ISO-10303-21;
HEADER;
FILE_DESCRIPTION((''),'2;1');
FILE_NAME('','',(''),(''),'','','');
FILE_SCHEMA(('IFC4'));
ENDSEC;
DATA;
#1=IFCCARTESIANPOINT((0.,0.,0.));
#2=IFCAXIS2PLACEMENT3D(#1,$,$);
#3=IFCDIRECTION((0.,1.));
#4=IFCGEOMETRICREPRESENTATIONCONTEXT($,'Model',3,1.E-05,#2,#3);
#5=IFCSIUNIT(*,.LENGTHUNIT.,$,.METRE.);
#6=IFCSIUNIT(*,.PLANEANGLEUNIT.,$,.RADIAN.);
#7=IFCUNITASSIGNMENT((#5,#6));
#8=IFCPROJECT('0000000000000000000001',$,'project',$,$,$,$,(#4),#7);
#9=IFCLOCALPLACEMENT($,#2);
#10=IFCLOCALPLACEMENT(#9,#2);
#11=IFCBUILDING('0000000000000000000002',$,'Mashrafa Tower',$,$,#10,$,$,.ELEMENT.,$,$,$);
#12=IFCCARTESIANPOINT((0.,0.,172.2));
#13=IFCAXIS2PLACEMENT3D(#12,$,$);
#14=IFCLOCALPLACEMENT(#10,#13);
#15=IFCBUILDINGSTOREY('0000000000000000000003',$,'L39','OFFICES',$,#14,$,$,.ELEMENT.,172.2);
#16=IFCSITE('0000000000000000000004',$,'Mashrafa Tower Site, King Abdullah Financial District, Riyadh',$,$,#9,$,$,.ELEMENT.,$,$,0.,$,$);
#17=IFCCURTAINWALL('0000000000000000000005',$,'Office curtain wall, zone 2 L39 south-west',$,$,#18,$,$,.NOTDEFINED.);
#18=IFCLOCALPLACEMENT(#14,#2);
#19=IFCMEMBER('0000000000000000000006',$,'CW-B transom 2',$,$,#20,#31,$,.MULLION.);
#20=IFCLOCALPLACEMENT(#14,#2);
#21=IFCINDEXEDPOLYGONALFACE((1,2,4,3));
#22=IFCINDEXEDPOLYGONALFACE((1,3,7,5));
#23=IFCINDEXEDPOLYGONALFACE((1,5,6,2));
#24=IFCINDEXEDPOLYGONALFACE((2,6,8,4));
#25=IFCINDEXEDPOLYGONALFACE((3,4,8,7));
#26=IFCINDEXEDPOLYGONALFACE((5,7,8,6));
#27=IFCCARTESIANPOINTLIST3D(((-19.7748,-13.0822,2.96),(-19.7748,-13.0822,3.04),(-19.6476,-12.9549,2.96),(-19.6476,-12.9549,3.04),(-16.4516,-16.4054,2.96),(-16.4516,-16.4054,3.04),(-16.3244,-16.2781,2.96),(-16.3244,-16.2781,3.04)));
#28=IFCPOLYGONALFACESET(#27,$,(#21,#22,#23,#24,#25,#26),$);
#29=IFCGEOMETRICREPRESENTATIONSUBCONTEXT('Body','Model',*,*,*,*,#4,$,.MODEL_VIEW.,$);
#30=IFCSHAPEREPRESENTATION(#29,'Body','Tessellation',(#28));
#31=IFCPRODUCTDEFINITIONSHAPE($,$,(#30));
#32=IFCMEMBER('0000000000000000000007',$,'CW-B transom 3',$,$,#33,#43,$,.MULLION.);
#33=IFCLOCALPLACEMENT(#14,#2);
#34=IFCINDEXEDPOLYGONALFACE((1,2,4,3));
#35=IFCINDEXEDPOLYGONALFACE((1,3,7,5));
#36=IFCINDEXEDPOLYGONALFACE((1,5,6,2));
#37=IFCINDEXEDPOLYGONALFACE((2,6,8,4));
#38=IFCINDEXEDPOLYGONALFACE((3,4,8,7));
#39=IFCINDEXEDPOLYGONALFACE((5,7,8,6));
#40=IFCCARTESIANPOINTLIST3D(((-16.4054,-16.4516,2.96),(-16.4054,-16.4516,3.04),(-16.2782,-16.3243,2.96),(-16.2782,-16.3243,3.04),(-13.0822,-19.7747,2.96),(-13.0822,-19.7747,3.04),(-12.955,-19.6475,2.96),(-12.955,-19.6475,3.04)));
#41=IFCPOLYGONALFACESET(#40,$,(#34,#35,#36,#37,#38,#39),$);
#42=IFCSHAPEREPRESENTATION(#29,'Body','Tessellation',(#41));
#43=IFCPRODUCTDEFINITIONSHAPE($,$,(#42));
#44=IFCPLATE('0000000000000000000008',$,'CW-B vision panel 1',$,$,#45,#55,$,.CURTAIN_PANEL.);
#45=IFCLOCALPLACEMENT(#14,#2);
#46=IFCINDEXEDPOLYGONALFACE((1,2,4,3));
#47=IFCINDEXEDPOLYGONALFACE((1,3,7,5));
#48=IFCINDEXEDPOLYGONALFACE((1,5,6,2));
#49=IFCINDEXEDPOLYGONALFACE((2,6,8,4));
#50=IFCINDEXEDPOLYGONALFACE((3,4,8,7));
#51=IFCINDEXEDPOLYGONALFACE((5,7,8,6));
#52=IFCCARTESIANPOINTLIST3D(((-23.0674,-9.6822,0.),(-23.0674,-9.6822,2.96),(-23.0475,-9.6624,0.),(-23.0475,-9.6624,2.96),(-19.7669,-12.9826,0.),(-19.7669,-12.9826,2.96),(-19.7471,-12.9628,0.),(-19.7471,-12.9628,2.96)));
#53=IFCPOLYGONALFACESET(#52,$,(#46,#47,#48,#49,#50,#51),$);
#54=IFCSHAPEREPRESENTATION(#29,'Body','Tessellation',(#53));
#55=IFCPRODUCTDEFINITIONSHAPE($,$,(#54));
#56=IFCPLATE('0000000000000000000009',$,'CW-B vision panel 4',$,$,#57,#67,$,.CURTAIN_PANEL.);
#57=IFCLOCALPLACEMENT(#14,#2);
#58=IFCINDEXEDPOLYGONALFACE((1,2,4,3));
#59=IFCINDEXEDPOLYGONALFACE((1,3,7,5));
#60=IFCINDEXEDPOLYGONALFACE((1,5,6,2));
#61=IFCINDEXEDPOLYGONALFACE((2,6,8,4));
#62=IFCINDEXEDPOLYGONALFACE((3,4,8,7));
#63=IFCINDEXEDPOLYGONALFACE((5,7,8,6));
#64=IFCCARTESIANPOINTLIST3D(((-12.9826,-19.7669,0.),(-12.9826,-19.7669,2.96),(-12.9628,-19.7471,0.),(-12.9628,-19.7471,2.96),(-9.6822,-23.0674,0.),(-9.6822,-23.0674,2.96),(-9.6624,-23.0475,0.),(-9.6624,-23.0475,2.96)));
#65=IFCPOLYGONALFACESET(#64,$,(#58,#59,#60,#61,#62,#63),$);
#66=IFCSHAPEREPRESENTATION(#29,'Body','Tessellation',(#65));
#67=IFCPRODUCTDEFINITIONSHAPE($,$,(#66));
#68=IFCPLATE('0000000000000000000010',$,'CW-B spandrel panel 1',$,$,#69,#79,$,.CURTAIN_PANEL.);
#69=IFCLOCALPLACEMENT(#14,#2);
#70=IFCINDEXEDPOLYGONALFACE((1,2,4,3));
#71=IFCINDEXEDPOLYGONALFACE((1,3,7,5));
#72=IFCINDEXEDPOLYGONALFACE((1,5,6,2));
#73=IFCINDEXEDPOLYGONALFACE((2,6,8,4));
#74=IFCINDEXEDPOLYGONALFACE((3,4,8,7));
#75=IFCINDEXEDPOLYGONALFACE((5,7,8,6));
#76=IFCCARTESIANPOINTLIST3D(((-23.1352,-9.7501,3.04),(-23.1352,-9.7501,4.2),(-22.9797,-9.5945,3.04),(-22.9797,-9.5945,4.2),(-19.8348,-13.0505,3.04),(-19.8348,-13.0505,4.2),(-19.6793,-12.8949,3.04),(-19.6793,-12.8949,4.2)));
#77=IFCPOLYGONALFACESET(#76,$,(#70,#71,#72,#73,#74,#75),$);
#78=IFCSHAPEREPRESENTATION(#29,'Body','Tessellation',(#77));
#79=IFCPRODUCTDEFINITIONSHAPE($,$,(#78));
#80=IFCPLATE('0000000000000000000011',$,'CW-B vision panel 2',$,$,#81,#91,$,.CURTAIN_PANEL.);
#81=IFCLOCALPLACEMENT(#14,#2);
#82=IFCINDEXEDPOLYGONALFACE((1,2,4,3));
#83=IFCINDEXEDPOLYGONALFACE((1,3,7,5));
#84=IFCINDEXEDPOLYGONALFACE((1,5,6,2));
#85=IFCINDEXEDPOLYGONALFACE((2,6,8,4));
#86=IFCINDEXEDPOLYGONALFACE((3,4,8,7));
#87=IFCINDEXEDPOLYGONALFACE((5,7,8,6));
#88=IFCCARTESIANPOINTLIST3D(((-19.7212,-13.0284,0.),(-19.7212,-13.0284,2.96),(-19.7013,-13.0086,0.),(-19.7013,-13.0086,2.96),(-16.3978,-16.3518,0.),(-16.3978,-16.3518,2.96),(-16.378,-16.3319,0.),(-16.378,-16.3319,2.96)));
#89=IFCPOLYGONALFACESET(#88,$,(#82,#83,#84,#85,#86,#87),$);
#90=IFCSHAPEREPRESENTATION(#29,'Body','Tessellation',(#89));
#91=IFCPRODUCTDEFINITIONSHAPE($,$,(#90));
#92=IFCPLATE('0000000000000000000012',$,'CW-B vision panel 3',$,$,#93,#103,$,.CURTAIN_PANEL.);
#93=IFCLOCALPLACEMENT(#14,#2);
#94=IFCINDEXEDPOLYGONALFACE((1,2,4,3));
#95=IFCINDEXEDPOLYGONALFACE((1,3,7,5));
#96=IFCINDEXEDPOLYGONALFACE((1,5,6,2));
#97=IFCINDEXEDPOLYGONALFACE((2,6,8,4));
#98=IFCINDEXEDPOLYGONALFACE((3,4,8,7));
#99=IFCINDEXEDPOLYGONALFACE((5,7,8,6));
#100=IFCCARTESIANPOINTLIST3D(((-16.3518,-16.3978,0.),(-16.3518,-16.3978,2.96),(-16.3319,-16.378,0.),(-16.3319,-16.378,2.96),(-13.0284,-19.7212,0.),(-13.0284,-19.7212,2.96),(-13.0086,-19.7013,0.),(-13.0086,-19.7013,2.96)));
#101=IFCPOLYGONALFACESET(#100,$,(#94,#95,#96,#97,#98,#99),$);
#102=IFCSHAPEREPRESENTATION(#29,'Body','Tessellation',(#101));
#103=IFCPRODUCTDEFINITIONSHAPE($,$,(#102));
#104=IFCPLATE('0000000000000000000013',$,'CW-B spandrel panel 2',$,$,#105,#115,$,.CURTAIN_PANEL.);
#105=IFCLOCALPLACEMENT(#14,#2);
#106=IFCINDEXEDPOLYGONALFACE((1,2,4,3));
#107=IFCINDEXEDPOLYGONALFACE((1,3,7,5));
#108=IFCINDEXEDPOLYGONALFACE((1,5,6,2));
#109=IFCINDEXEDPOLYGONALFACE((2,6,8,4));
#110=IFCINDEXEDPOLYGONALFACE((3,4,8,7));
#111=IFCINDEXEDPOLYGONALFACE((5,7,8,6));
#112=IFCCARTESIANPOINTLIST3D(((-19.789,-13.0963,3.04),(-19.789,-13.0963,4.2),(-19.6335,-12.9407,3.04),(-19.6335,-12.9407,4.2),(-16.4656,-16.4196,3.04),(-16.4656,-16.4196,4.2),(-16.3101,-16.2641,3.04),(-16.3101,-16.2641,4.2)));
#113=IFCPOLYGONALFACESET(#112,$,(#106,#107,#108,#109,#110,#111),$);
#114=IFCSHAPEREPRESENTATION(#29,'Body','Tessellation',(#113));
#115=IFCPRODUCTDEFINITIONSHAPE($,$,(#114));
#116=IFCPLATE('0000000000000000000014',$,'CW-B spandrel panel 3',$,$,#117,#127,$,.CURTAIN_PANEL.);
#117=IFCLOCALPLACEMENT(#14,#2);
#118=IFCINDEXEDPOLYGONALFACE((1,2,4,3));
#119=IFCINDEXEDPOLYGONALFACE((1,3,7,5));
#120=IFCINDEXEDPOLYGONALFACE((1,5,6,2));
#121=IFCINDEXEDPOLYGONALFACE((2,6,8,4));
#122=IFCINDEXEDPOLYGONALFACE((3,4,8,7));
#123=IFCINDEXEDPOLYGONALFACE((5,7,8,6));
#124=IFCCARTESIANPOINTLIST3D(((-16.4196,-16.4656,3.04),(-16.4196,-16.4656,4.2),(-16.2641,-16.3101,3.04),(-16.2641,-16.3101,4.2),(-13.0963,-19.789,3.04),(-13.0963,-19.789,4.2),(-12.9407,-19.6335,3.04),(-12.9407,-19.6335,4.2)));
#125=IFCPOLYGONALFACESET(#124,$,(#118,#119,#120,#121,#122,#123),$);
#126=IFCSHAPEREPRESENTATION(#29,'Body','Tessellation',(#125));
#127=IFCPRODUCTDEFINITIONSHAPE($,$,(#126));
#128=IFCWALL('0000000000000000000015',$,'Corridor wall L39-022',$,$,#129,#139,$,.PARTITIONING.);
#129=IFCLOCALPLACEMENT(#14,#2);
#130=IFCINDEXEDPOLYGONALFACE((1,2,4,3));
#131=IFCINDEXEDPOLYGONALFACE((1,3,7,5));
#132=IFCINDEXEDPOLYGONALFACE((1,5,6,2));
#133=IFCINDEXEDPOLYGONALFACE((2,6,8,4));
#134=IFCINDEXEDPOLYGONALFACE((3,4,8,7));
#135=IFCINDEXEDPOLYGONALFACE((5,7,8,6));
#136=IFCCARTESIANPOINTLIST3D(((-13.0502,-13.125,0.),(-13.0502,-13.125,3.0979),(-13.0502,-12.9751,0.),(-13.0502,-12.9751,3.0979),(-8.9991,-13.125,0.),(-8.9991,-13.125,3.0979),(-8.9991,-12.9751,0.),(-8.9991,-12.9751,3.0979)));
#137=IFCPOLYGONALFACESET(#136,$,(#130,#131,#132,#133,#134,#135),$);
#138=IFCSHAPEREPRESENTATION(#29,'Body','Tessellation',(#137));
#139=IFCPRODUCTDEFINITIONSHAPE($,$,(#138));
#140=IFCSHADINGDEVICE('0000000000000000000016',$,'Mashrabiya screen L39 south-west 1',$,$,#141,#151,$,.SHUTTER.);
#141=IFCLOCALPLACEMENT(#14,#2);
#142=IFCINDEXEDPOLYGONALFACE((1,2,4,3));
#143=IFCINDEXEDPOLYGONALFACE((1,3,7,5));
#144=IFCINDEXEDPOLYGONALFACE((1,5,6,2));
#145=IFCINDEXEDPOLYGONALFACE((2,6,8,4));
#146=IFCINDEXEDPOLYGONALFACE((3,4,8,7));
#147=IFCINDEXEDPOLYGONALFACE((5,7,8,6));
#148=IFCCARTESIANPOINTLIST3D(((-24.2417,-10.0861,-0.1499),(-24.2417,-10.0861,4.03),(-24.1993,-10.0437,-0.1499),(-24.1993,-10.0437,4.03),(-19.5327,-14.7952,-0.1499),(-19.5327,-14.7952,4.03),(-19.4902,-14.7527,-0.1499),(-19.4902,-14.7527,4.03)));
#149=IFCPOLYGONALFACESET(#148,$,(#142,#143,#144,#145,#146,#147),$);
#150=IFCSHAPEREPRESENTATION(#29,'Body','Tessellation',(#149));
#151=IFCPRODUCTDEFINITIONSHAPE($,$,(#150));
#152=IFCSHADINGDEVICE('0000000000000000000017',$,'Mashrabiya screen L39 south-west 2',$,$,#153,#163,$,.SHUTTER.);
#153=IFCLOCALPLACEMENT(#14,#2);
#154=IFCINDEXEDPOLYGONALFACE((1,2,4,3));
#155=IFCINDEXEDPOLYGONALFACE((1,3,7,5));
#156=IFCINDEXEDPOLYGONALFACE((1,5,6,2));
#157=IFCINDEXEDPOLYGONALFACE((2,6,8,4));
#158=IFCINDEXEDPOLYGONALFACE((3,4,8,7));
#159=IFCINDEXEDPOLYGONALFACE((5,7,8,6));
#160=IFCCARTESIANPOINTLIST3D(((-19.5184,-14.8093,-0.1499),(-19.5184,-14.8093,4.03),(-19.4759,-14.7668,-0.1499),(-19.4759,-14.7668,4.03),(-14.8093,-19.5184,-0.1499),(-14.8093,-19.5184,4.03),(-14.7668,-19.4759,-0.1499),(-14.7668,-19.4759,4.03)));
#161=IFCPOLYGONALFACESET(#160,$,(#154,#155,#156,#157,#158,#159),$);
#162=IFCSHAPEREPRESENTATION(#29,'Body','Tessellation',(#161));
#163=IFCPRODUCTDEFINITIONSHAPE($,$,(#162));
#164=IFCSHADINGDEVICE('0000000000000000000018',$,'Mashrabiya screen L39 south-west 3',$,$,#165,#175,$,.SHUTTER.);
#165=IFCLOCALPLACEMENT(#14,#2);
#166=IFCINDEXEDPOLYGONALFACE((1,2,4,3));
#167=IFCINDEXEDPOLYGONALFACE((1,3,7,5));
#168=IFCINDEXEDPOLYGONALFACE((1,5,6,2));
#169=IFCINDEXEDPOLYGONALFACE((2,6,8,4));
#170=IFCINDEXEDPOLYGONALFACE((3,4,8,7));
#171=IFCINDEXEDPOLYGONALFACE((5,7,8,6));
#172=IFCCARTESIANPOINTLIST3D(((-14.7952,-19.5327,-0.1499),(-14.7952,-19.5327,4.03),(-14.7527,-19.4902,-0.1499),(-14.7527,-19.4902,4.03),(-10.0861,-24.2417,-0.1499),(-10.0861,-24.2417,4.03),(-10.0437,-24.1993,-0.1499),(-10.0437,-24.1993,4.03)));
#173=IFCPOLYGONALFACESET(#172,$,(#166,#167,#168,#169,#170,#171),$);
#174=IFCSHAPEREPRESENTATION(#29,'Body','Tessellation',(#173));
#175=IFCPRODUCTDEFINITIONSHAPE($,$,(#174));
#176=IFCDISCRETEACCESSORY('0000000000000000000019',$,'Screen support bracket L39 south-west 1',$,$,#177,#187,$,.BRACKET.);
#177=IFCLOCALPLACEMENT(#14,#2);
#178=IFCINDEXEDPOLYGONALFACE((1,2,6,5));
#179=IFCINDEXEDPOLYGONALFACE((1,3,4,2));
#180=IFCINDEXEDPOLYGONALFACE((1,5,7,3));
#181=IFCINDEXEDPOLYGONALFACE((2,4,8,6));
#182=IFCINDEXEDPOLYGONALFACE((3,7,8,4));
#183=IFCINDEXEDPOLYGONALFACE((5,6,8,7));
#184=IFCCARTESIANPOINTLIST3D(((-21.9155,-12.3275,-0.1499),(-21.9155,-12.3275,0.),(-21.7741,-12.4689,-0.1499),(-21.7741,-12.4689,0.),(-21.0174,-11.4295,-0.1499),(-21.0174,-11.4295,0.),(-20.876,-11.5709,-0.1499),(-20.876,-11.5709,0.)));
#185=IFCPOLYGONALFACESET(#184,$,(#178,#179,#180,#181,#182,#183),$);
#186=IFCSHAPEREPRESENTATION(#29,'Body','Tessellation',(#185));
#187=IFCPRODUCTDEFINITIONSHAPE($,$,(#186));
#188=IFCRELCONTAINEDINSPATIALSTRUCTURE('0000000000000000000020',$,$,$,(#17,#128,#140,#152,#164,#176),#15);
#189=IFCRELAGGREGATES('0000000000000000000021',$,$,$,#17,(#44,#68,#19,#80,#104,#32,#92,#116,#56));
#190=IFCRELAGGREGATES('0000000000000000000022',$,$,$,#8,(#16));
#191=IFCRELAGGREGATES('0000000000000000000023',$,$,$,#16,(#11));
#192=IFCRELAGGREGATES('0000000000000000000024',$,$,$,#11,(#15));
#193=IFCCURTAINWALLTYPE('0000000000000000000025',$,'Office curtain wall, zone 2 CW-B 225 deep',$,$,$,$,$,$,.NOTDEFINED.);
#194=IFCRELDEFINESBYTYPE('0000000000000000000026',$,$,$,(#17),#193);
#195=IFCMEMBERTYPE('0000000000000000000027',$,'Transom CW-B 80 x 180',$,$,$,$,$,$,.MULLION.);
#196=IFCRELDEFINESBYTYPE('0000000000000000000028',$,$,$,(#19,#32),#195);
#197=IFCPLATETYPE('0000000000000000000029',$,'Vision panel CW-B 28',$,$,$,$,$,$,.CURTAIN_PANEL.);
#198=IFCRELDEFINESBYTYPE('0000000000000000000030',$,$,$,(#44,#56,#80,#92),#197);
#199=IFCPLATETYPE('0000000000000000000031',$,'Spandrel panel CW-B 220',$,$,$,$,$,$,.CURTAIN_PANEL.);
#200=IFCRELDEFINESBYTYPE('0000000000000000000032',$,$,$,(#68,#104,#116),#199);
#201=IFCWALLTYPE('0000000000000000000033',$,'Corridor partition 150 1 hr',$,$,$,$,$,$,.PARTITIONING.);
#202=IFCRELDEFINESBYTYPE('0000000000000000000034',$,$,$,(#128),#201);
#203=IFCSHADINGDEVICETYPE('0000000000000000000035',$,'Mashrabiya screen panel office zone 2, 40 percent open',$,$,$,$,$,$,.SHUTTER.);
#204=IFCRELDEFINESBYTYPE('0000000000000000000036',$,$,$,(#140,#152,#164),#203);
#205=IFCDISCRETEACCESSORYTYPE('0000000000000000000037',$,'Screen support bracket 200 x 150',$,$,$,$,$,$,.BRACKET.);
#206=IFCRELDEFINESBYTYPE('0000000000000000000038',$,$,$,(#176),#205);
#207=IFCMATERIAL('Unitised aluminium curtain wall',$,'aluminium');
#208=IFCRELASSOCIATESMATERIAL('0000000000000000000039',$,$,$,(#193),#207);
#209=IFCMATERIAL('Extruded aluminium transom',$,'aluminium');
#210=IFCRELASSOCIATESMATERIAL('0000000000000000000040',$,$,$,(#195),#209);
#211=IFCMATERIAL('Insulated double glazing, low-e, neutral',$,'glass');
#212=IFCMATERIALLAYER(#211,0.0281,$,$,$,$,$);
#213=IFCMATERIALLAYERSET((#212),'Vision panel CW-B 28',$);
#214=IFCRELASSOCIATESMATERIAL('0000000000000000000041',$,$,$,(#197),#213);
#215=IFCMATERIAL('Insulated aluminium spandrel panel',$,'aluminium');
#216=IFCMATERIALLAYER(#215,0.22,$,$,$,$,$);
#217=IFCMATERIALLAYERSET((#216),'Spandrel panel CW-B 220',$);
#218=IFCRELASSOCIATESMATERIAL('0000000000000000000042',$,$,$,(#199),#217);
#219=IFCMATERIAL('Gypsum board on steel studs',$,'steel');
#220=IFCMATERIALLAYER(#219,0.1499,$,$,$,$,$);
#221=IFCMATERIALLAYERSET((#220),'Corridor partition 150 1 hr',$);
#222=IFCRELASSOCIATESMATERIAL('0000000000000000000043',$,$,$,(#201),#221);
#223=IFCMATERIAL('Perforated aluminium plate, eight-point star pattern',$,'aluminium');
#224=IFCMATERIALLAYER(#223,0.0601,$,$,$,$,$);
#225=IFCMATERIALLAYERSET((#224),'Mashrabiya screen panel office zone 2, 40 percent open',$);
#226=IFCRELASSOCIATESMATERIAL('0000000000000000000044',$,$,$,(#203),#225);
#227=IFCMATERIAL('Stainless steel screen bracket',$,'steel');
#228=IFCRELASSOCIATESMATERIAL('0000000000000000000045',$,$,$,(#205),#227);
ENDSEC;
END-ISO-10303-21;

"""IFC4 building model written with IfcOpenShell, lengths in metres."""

from ifc_helpers import new_model, si_unit, direction, frame, frame_2d, origin, origin_2d, place, context, subcontext, project, spatial, rectangle, extrude, source, transform, mapped, material, layer, layer_set, material_profile, profile_set, type_object, type_shapes, element, aggregate, save


model = new_model("IFC4")

# Units and contexts
model_context = context("Model", 3, precision=1e-05, world=origin(), true_north=direction((0.0, 1.0)))
body_context = subcontext(model_context, "Body", "Model", "MODEL_VIEW")
ifc_project = project(units=[si_unit("LENGTHUNIT", "METRE"), si_unit("PLANEANGLEUNIT", "RADIAN")], contexts=[model_context])

# Site, building, storey
site_placement = place(None, origin())
site = spatial("IfcSite", under=ifc_project, at=site_placement, Name="Mashrafa Tower Site, King Abdullah Financial District, Riyadh", CompositionType="ELEMENT", RefElevation=0.0)
building_placement = place(site_placement, origin())
building = spatial("IfcBuilding", under=site, at=building_placement, Name="Mashrafa Tower", CompositionType="ELEMENT")
storey_placement = place(building_placement, frame((0.0, 0.0, 172.2)))
storey = spatial("IfcBuildingStorey", under=building, at=storey_placement, Name="L39", Description="OFFICES", CompositionType="ELEMENT", Elevation=172.2)

# Curtain wall, members, plates
ifc_material_1 = material(Name="Unitised aluminium curtain wall", Category="aluminium")
curtain_wall_type = type_object("IfcCurtainWallType", Name="Office curtain wall, zone 2 CW-B 225 deep", PredefinedType="NOTDEFINED", material=ifc_material_1)
curtain_wall_placement = place(storey_placement, origin())
curtain_wall = element("IfcCurtainWall", 1, at=curtain_wall_placement, inside=storey, type_object=curtain_wall_type, Name="Office curtain wall, zone 2 L39 south-west", PredefinedType="NOTDEFINED")
ifc_material_2 = material(Name="Extruded aluminium transom", Category="aluminium")
ifc_material_profile_1 = material_profile(ifc_material_2, rectangle(XDim=0.1799, YDim=0.0801, at=origin_2d()), Name="Transom 80x180")
ifc_profile_set_1 = profile_set([ifc_material_profile_1], Name="Extruded aluminium transom")
member_type_1 = type_object("IfcMemberType", Name="Transom CW-B 80 x 180", PredefinedType="MULLION", material=ifc_profile_set_1)
shared_shape_1 = source(origin(), body_context, "Body", "SweptSolid", [
    extrude(rectangle(XDim=0.1799, YDim=0.0801, at=origin_2d()), origin(), (0.0, 0.0, 1.0), 4.6997),
])
member_1_placement = place(storey_placement, frame((-19.7112, -13.0186, 3.0), z_axis=(0.707107, -0.707107, 0.0), x_axis=(0.707107, 0.707107, 0.0)))
member_1 = element("IfcMember", 2, at=member_1_placement, type_object=member_type_1, Name="CW-B transom 2", PredefinedType="MULLION", context=body_context, shape_type="MappedRepresentation", body=[
    mapped(shared_shape_1, transform((0.0, 0.0, 0.0))),
])
member_2_placement = place(storey_placement, frame((-16.3418, -16.3879, 3.0), z_axis=(0.707107, -0.707107, 0.0), x_axis=(0.707107, 0.707107, 0.0)))
member_2 = element("IfcMember", 3, at=member_2_placement, type_object=member_type_1, Name="CW-B transom 3", PredefinedType="MULLION", context=body_context, shape_type="MappedRepresentation", body=[
    mapped(shared_shape_1, transform((0.0, 0.0, 0.0))),
])
ifc_material_3 = material(Name="Insulated double glazing, low-e, neutral", Category="glass")
ifc_layer_1 = layer(ifc_material_3, 0.0281)
ifc_layer_set_1 = layer_set([ifc_layer_1], Name="Vision panel CW-B 28")
plate_type_1 = type_object("IfcPlateType", Name="Vision panel CW-B 28", PredefinedType="CURTAIN_PANEL", material=ifc_layer_set_1)
shared_shape_2 = source(origin(), body_context, "Body", "SweptSolid", [
    extrude(rectangle(XDim=4.6675, YDim=0.0281, at=origin_2d()), origin(), (0.0, 0.0, 1.0), 2.96),
])
plate_1_placement = place(storey_placement, frame((-21.4072, -11.3225, 0.0), z_axis=(0.0, 0.0, 1.0), x_axis=(0.707107, -0.707107, 0.0)))
plate_1 = element("IfcPlate", 4, at=plate_1_placement, type_object=plate_type_1, Name="CW-B vision panel 1", PredefinedType="CURTAIN_PANEL", context=body_context, shape_type="MappedRepresentation", body=[
    mapped(shared_shape_2, transform((0.0, 0.0, 0.0))),
])
plate_2_placement = place(storey_placement, frame((-11.3225, -21.4072, 0.0), z_axis=(0.0, 0.0, 1.0), x_axis=(0.707107, -0.707107, 0.0)))
plate_2 = element("IfcPlate", 5, at=plate_2_placement, type_object=plate_type_1, Name="CW-B vision panel 4", PredefinedType="CURTAIN_PANEL", context=body_context, shape_type="MappedRepresentation", body=[
    mapped(shared_shape_2, transform((0.0, 0.0, 0.0))),
])
ifc_material_4 = material(Name="Insulated aluminium spandrel panel", Category="aluminium")
ifc_layer_2 = layer(ifc_material_4, 0.22)
ifc_layer_set_2 = layer_set([ifc_layer_2], Name="Spandrel panel CW-B 220")
plate_type_2 = type_object("IfcPlateType", Name="Spandrel panel CW-B 220", PredefinedType="CURTAIN_PANEL", material=ifc_layer_set_2)
shared_shape_3 = source(origin(), body_context, "Body", "SweptSolid", [
    extrude(rectangle(XDim=4.6675, YDim=0.22, at=origin_2d()), origin(), (0.0, 0.0, 1.0), 1.1599),
])
plate_3_placement = place(storey_placement, frame((-21.4072, -11.3225, 3.04), z_axis=(0.0, 0.0, 1.0), x_axis=(0.707107, -0.707107, 0.0)))
plate_3 = element("IfcPlate", 6, at=plate_3_placement, type_object=plate_type_2, Name="CW-B spandrel panel 1", PredefinedType="CURTAIN_PANEL", context=body_context, shape_type="MappedRepresentation", body=[
    mapped(shared_shape_3, transform((0.0, 0.0, 0.0))),
])
shared_shape_4 = source(origin(), body_context, "Body", "SweptSolid", [
    extrude(rectangle(XDim=4.7, YDim=0.0281, at=origin_2d()), origin(), (0.0, 0.0, 1.0), 2.96),
])
type_shapes(plate_type_1, [shared_shape_2, shared_shape_4])
plate_4_placement = place(storey_placement, frame((-18.0496, -14.6802, 0.0), z_axis=(0.0, 0.0, 1.0), x_axis=(0.707107, -0.707107, 0.0)))
plate_4 = element("IfcPlate", 7, at=plate_4_placement, type_object=plate_type_1, Name="CW-B vision panel 2", PredefinedType="CURTAIN_PANEL", context=body_context, shape_type="MappedRepresentation", body=[
    mapped(shared_shape_4, transform((0.0, 0.0, 0.0))),
])
plate_5_placement = place(storey_placement, frame((-14.6802, -18.0496, 0.0), z_axis=(0.0, 0.0, 1.0), x_axis=(0.707107, -0.707107, 0.0)))
plate_5 = element("IfcPlate", 8, at=plate_5_placement, type_object=plate_type_1, Name="CW-B vision panel 3", PredefinedType="CURTAIN_PANEL", context=body_context, shape_type="MappedRepresentation", body=[
    mapped(shared_shape_4, transform((0.0, 0.0, 0.0))),
])
shared_shape_5 = source(origin(), body_context, "Body", "SweptSolid", [
    extrude(rectangle(XDim=4.7, YDim=0.22, at=origin_2d()), origin(), (0.0, 0.0, 1.0), 1.1599),
])
type_shapes(plate_type_2, [shared_shape_3, shared_shape_5])
plate_6_placement = place(storey_placement, frame((-18.0496, -14.6802, 3.04), z_axis=(0.0, 0.0, 1.0), x_axis=(0.707107, -0.707107, 0.0)))
plate_6 = element("IfcPlate", 9, at=plate_6_placement, type_object=plate_type_2, Name="CW-B spandrel panel 2", PredefinedType="CURTAIN_PANEL", context=body_context, shape_type="MappedRepresentation", body=[
    mapped(shared_shape_5, transform((0.0, 0.0, 0.0))),
])
plate_7_placement = place(storey_placement, frame((-14.6802, -18.0496, 3.04), z_axis=(0.0, 0.0, 1.0), x_axis=(0.707107, -0.707107, 0.0)))
plate_7 = element("IfcPlate", 10, at=plate_7_placement, type_object=plate_type_2, Name="CW-B spandrel panel 3", PredefinedType="CURTAIN_PANEL", context=body_context, shape_type="MappedRepresentation", body=[
    mapped(shared_shape_5, transform((0.0, 0.0, 0.0))),
])
aggregate(curtain_wall, [plate_1, plate_3, member_1, plate_4, plate_6, member_2, plate_5, plate_7, plate_2])

# Wall
ifc_material_5 = material(Name="Gypsum board on steel studs", Category="steel")
ifc_layer_3 = layer(ifc_material_5, 0.1499)
ifc_layer_set_3 = layer_set([ifc_layer_3], Name="Corridor partition 150 1 hr")
wall_type = type_object("IfcWallType", Name="Corridor partition 150 1 hr", PredefinedType="PARTITIONING", material=ifc_layer_set_3)
wall_placement = place(storey_placement, frame((-13.05, -13.05, 0.0), z_axis=(0.0, 0.0, 1.0), x_axis=(1.0, 0.0, 0.0)))
element("IfcWall", 11, at=wall_placement, inside=storey, type_object=wall_type, Name="Corridor wall L39-022", PredefinedType="PARTITIONING", context=body_context, shape_type="SweptSolid", body=[
    extrude(rectangle(XDim=4.051, YDim=0.1499, at=frame_2d((2.0254, 0.0))), origin(), (0.0, 0.0, 1.0), 3.0979),
])

# Shading devices
ifc_material_6 = material(Name="Perforated aluminium plate, eight-point star pattern", Category="aluminium")
ifc_layer_4 = layer(ifc_material_6, 0.0601)
ifc_layer_set_4 = layer_set([ifc_layer_4], Name="Mashrabiya screen panel office zone 2, 40 percent open")
shading_device_type = type_object("IfcShadingDeviceType", Name="Mashrabiya screen panel office zone 2, 40 percent open", PredefinedType="SHUTTER", material=ifc_layer_set_4)
shared_shape_6 = source(origin(), body_context, "Body", "SweptSolid", [
    extrude(rectangle(XDim=6.6597, YDim=0.0601, at=origin_2d()), origin(), (0.0, 0.0, 1.0), 4.1799),
])
type_shapes(shading_device_type, [shared_shape_6])
for number, where, z_axis, x_axis, name in (
    (12, (-21.866, -12.4194, -0.1499), (0.0, 0.0, 1.0), (0.707107, -0.707107, 0.0), "Mashrabiya screen L39 south-west 1"),
    (13, (-17.1426, -17.1426, -0.1499), (0.0, 0.0, 1.0), (0.707107, -0.707107, 0.0), "Mashrabiya screen L39 south-west 2"),
    (14, (-12.4194, -21.866, -0.1499), (0.0, 0.0, 1.0), (0.707107, -0.707107, 0.0), "Mashrabiya screen L39 south-west 3"),
):
    element("IfcShadingDevice", number, at=place(storey_placement, frame(where, z_axis=z_axis, x_axis=x_axis)), inside=storey, type_object=shading_device_type, Name=name, PredefinedType="SHUTTER", context=body_context, shape_type="MappedRepresentation", body=[
        mapped(shared_shape_6, transform((0.0, 0.0, 0.0))),
    ])

# Discrete accessory
ifc_material_7 = material(Name="Stainless steel screen bracket", Category="steel")
discrete_accessory_type = type_object("IfcDiscreteAccessoryType", Name="Screen support bracket 200 x 150", PredefinedType="BRACKET", material=ifc_material_7)
shared_shape_7 = source(origin(), body_context, "Body", "SweptSolid", [
    extrude(rectangle(XDim=0.2, YDim=1.27, at=origin_2d()), origin(), (0.0, 0.0, 1.0), 0.1499),
])
type_shapes(discrete_accessory_type, [shared_shape_7])
for number, where, z_axis, x_axis, name in (
    (15, (-21.3958, -11.9492, -0.1499), (0.0, 0.0, 1.0), (0.707107, -0.707107, 0.0), "Screen support bracket L39 south-west 1"),
):
    element("IfcDiscreteAccessory", number, at=place(storey_placement, frame(where, z_axis=z_axis, x_axis=x_axis)), inside=storey, type_object=discrete_accessory_type, Name=name, PredefinedType="BRACKET", context=body_context, shape_type="MappedRepresentation", body=[
        mapped(shared_shape_7, transform((0.0, 0.0, 0.0))),
    ])

save(model, "model.ifc")
